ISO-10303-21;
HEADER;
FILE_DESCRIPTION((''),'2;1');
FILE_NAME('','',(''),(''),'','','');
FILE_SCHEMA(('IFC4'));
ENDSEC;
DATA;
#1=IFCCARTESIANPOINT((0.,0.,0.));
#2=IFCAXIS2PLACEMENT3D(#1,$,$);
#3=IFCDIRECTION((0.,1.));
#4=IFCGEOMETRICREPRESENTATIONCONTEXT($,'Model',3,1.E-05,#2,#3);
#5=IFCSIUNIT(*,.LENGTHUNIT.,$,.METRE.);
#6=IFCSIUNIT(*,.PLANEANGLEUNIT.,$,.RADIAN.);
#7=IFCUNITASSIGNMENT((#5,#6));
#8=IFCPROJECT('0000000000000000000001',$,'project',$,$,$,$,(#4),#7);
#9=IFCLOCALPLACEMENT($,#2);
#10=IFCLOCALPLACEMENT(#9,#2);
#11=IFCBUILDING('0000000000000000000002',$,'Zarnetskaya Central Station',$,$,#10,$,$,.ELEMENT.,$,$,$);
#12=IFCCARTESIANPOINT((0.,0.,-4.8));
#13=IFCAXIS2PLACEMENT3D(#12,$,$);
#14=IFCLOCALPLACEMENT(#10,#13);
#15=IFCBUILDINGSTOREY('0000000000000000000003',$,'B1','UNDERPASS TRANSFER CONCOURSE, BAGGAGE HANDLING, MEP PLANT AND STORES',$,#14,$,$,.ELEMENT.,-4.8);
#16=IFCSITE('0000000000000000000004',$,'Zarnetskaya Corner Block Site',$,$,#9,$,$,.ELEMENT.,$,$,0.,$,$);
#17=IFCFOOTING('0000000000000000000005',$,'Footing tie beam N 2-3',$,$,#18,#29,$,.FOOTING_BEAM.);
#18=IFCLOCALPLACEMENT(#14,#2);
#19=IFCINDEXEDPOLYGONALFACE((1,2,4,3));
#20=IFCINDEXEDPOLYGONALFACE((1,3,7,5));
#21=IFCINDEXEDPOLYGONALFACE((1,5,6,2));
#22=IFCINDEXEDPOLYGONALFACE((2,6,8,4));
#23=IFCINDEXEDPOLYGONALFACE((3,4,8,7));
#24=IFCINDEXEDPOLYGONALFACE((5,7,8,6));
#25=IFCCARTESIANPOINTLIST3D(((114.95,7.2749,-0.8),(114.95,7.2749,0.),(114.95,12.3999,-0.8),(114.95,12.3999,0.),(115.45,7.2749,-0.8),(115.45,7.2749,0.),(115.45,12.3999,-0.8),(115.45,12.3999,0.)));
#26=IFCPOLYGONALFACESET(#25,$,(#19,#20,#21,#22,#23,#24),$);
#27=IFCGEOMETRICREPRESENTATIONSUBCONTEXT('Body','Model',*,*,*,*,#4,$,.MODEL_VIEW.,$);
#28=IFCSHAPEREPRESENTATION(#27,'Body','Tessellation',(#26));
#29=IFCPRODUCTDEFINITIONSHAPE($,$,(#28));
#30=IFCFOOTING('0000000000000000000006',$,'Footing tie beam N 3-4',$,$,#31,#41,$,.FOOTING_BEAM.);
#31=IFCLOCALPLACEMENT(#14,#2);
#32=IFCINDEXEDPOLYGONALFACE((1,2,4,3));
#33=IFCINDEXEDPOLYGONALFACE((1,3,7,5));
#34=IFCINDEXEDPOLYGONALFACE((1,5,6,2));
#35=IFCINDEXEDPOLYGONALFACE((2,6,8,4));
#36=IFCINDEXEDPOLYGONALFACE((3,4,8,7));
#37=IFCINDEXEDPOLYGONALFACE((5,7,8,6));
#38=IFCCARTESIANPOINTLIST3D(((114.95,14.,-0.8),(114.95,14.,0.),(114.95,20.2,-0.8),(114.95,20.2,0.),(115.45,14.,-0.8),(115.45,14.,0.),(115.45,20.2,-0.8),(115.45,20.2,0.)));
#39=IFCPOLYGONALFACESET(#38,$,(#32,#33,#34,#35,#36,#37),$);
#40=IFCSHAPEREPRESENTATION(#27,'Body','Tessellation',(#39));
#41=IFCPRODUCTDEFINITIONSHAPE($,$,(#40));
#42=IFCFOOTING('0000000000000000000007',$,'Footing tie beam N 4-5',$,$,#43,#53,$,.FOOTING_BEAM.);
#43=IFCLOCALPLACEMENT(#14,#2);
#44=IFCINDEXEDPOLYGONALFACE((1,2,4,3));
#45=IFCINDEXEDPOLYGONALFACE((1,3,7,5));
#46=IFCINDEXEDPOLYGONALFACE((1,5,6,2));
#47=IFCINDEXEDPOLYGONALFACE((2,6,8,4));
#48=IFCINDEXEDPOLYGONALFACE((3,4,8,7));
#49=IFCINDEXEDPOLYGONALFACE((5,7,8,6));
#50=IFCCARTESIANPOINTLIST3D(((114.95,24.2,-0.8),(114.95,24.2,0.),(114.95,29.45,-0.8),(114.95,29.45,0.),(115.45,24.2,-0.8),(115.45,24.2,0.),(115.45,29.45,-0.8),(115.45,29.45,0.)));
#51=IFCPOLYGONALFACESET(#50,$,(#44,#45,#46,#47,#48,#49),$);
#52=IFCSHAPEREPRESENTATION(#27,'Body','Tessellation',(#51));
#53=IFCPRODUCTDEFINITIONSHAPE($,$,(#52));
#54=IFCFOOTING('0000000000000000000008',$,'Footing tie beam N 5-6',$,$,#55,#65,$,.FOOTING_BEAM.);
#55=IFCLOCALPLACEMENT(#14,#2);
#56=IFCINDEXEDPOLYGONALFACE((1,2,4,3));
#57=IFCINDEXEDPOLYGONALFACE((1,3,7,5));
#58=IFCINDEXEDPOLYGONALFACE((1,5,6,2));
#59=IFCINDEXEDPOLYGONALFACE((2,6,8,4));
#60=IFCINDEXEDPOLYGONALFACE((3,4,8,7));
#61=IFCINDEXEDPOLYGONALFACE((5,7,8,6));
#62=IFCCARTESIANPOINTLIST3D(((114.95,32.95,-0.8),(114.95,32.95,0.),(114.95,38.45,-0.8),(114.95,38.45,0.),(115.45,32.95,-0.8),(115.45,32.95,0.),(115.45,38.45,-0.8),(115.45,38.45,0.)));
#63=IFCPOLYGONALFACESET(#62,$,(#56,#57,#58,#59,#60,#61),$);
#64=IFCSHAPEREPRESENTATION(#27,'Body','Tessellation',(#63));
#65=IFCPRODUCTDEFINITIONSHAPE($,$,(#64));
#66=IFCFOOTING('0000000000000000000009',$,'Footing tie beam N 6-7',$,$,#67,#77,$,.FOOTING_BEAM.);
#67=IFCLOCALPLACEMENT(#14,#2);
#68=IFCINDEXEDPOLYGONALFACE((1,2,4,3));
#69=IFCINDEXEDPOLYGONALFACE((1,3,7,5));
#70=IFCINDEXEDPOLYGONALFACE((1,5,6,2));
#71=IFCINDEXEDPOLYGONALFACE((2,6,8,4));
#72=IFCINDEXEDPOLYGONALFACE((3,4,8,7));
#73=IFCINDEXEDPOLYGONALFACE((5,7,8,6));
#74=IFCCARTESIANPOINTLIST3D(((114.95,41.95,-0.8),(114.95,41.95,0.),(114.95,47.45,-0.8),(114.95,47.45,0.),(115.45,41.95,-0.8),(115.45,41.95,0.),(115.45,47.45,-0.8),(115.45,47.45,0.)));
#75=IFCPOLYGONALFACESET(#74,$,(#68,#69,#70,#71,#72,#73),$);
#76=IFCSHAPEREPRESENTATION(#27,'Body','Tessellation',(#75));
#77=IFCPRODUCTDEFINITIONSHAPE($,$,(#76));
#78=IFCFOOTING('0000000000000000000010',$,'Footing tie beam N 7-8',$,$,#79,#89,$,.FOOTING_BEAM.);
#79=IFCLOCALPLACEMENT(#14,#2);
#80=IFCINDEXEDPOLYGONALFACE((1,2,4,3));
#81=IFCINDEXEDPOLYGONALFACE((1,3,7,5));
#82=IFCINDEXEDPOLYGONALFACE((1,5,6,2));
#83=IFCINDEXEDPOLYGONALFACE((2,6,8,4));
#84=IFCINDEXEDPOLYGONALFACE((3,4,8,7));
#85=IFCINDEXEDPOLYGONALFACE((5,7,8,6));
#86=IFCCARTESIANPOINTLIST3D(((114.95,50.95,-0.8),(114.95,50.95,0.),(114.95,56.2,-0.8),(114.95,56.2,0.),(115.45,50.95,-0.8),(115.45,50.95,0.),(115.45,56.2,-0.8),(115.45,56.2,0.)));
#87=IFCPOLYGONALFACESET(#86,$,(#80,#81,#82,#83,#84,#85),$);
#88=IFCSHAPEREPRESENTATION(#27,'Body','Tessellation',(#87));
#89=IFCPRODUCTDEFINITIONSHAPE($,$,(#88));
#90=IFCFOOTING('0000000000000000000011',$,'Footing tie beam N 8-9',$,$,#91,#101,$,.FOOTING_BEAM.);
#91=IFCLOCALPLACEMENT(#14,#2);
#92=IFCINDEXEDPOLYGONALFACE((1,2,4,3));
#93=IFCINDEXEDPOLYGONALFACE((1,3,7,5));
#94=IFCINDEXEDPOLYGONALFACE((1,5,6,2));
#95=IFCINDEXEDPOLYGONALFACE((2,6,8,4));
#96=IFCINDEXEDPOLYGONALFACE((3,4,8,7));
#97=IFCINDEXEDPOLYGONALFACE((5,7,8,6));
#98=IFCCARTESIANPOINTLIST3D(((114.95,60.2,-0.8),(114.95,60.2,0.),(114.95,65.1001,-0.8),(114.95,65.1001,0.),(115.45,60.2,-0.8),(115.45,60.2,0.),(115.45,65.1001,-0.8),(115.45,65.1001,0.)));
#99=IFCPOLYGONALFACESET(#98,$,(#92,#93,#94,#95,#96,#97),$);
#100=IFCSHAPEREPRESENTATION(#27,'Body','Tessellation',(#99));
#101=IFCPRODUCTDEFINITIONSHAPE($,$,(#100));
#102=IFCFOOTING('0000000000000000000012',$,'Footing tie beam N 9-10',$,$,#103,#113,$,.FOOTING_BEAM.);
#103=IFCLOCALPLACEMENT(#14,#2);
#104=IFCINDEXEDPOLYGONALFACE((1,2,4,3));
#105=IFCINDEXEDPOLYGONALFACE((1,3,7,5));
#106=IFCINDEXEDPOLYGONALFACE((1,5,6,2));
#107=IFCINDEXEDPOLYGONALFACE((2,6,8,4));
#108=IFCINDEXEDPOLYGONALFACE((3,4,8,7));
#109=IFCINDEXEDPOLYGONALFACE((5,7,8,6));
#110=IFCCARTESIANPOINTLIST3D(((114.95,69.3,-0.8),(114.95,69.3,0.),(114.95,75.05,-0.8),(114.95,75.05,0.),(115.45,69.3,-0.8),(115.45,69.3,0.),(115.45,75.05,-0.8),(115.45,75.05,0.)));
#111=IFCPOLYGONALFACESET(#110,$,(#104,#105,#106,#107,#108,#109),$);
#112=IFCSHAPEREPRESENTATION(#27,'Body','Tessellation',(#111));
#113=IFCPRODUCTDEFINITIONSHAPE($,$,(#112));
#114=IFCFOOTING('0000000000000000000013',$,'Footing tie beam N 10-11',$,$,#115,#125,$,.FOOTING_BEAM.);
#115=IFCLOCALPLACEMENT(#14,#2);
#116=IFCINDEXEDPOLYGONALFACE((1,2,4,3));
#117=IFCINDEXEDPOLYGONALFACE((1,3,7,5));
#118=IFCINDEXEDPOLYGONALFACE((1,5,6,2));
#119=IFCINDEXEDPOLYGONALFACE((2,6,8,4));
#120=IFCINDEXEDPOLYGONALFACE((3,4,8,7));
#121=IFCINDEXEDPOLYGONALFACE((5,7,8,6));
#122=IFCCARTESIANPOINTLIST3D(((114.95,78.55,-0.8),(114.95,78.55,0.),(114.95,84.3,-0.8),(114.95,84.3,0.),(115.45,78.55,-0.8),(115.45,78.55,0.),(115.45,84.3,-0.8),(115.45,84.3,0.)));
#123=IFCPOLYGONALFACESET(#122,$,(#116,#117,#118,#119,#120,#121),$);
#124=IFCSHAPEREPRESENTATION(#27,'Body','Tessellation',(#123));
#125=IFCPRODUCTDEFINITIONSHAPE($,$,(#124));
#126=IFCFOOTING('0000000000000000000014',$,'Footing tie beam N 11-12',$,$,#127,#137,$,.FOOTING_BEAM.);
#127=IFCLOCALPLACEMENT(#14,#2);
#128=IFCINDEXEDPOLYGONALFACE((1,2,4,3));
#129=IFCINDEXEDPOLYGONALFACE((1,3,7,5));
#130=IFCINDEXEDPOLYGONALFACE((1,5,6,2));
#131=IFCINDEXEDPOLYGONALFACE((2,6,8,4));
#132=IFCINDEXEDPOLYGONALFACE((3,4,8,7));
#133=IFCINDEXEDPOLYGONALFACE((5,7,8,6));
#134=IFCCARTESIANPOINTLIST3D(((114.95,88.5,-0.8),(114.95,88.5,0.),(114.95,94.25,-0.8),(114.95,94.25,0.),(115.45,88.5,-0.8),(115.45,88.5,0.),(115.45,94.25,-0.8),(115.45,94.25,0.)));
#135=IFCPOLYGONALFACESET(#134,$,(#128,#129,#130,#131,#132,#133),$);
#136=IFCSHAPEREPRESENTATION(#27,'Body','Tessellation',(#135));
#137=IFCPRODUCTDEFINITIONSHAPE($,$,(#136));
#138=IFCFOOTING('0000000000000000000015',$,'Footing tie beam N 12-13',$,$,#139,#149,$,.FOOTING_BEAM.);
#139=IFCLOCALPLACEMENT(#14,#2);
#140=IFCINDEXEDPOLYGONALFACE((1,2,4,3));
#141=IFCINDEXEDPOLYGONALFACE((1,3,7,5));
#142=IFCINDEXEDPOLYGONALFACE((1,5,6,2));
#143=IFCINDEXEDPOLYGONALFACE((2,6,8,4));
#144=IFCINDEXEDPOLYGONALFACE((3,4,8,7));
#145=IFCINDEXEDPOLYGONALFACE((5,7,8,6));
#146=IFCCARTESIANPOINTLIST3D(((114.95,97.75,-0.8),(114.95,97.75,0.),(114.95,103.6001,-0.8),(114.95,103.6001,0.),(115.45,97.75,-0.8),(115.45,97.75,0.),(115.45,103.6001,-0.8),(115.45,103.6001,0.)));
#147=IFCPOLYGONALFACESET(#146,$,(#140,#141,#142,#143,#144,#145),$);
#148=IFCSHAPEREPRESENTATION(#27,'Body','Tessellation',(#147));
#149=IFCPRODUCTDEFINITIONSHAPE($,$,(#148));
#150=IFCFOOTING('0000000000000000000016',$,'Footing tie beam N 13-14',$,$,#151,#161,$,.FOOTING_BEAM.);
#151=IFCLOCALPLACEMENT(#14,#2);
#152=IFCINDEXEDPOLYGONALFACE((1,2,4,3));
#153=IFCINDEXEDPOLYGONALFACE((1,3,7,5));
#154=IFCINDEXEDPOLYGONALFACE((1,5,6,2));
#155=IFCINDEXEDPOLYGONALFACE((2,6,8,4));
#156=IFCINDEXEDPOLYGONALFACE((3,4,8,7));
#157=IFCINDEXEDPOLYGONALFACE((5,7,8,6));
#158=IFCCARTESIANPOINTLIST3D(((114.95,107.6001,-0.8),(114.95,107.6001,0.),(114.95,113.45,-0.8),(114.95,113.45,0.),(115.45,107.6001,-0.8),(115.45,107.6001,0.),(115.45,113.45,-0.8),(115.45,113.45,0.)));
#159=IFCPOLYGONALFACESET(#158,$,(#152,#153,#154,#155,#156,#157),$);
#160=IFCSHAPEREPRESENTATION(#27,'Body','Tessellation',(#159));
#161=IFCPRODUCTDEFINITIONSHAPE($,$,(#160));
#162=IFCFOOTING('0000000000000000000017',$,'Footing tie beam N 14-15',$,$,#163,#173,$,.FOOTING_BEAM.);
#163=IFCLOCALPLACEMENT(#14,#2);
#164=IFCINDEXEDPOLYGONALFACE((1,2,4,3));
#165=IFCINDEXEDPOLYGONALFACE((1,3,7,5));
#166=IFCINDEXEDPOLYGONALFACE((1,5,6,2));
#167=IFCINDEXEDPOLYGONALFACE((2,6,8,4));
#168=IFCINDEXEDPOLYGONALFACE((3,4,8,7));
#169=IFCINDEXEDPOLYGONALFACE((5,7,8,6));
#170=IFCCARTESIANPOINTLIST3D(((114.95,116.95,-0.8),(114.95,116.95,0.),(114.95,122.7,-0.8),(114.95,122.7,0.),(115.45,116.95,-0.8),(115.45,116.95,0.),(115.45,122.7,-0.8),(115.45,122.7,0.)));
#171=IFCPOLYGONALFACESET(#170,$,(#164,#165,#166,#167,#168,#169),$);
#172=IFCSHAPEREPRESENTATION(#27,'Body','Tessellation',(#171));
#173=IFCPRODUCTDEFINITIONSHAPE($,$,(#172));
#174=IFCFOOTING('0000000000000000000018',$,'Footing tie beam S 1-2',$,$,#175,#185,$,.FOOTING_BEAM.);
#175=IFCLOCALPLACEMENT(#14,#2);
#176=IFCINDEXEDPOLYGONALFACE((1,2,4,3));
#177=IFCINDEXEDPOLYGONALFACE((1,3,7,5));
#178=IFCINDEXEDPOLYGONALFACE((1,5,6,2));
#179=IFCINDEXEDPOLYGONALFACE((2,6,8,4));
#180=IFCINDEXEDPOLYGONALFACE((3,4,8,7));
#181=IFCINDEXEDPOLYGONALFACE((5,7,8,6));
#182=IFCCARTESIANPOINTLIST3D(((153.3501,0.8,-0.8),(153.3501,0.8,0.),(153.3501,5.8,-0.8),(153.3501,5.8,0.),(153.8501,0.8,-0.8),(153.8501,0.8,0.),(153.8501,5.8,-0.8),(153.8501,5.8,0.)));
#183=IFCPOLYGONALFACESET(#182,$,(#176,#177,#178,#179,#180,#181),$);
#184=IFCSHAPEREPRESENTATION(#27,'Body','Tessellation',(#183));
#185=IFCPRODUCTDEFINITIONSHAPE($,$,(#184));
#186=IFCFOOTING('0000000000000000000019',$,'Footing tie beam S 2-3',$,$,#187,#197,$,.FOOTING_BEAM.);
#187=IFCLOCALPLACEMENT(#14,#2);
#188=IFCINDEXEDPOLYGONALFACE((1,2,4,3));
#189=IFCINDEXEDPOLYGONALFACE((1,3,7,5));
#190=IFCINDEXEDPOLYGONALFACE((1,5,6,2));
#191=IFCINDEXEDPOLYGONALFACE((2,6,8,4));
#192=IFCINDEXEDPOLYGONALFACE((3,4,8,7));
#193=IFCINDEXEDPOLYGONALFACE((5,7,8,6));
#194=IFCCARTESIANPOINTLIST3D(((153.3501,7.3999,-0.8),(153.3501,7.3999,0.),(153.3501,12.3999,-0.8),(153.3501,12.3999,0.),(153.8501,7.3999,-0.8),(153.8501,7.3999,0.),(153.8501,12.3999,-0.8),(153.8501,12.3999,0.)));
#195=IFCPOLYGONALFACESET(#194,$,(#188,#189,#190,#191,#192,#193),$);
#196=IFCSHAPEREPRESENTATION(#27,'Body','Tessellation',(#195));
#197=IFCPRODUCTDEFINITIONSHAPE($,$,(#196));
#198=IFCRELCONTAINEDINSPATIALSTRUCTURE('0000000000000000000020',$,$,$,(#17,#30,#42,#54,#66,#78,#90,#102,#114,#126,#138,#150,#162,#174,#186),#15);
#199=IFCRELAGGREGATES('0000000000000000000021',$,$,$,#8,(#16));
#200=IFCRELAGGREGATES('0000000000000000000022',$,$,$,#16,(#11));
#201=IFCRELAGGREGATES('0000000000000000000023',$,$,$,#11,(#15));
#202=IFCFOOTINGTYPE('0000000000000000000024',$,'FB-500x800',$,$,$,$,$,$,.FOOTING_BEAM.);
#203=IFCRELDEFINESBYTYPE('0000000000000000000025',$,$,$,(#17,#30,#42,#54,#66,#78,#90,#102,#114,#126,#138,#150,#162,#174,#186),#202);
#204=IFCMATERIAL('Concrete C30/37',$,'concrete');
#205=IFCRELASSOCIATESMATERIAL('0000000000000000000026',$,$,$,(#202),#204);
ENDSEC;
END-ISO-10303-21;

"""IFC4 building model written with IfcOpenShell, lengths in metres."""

from ifc_helpers import new_model, si_unit, direction, frame, origin, place, context, subcontext, project, spatial, polyline, outline, extrude, material, type_object, element, save


model = new_model("IFC4")

# Units and contexts
model_context = context("Model", 3, precision=1e-05, world=origin(), true_north=direction((0.0, 1.0)))
body_context = subcontext(model_context, "Body", "Model", "MODEL_VIEW")
ifc_project = project(units=[si_unit("LENGTHUNIT", "METRE"), si_unit("PLANEANGLEUNIT", "RADIAN")], contexts=[model_context])

# Site, building, storey
site_placement = place(None, origin())
site = spatial("IfcSite", under=ifc_project, at=site_placement, Name="Zarnetskaya Corner Block Site", CompositionType="ELEMENT", RefElevation=0.0)
building_placement = place(site_placement, origin())
building = spatial("IfcBuilding", under=site, at=building_placement, Name="Zarnetskaya Central Station", CompositionType="ELEMENT")
storey_placement = place(building_placement, frame((0.0, 0.0, -4.8)))
storey = spatial("IfcBuildingStorey", under=building, at=storey_placement, Name="B1", Description="UNDERPASS TRANSFER CONCOURSE, BAGGAGE HANDLING, MEP PLANT AND STORES", CompositionType="ELEMENT", Elevation=-4.8)

# Footings
ifc_material = material(Name="Concrete C30/37", Category="concrete")
footing_type = type_object("IfcFootingType", Name="FB-500x800", PredefinedType="FOOTING_BEAM", material=ifc_material)
footing_1_placement = place(storey_placement, frame((0.0, 0.0, -0.8)))
element("IfcFooting", 1, at=footing_1_placement, inside=storey, type_object=footing_type, Name="Footing tie beam N 2-3", PredefinedType="FOOTING_BEAM", context=body_context, shape_type="SweptSolid", body=[
    extrude(outline(polyline([(114.95, 7.2749), (115.45, 7.2749), (115.45, 12.3999), (114.95, 12.3999), (114.95, 7.2749)])), origin(), (0.0, 0.0, 1.0), 0.8),
])
footing_2_placement = place(storey_placement, frame((0.0, 0.0, -0.8)))
element("IfcFooting", 2, at=footing_2_placement, inside=storey, type_object=footing_type, Name="Footing tie beam N 3-4", PredefinedType="FOOTING_BEAM", context=body_context, shape_type="SweptSolid", body=[
    extrude(outline(polyline([(114.95, 14.0), (115.45, 14.0), (115.45, 20.2), (114.95, 20.2), (114.95, 14.0)])), origin(), (0.0, 0.0, 1.0), 0.8),
])
footing_3_placement = place(storey_placement, frame((0.0, 0.0, -0.8)))
element("IfcFooting", 3, at=footing_3_placement, inside=storey, type_object=footing_type, Name="Footing tie beam N 4-5", PredefinedType="FOOTING_BEAM", context=body_context, shape_type="SweptSolid", body=[
    extrude(outline(polyline([(114.95, 24.2), (115.45, 24.2), (115.45, 29.45), (114.95, 29.45), (114.95, 24.2)])), origin(), (0.0, 0.0, 1.0), 0.8),
])
footing_4_placement = place(storey_placement, frame((0.0, 0.0, -0.8)))
element("IfcFooting", 4, at=footing_4_placement, inside=storey, type_object=footing_type, Name="Footing tie beam N 5-6", PredefinedType="FOOTING_BEAM", context=body_context, shape_type="SweptSolid", body=[
    extrude(outline(polyline([(114.95, 32.95), (115.45, 32.95), (115.45, 38.45), (114.95, 38.45), (114.95, 32.95)])), origin(), (0.0, 0.0, 1.0), 0.8),
])
footing_5_placement = place(storey_placement, frame((0.0, 0.0, -0.8)))
element("IfcFooting", 5, at=footing_5_placement, inside=storey, type_object=footing_type, Name="Footing tie beam N 6-7", PredefinedType="FOOTING_BEAM", context=body_context, shape_type="SweptSolid", body=[
    extrude(outline(polyline([(114.95, 41.95), (115.45, 41.95), (115.45, 47.45), (114.95, 47.45), (114.95, 41.95)])), origin(), (0.0, 0.0, 1.0), 0.8),
])
footing_6_placement = place(storey_placement, frame((0.0, 0.0, -0.8)))
element("IfcFooting", 6, at=footing_6_placement, inside=storey, type_object=footing_type, Name="Footing tie beam N 7-8", PredefinedType="FOOTING_BEAM", context=body_context, shape_type="SweptSolid", body=[
    extrude(outline(polyline([(114.95, 50.95), (115.45, 50.95), (115.45, 56.2), (114.95, 56.2), (114.95, 50.95)])), origin(), (0.0, 0.0, 1.0), 0.8),
])
footing_7_placement = place(storey_placement, frame((0.0, 0.0, -0.8)))
element("IfcFooting", 7, at=footing_7_placement, inside=storey, type_object=footing_type, Name="Footing tie beam N 8-9", PredefinedType="FOOTING_BEAM", context=body_context, shape_type="SweptSolid", body=[
    extrude(outline(polyline([(114.95, 60.2), (115.45, 60.2), (115.45, 65.1001), (114.95, 65.1001), (114.95, 60.2)])), origin(), (0.0, 0.0, 1.0), 0.8),
])
footing_8_placement = place(storey_placement, frame((0.0, 0.0, -0.8)))
element("IfcFooting", 8, at=footing_8_placement, inside=storey, type_object=footing_type, Name="Footing tie beam N 9-10", PredefinedType="FOOTING_BEAM", context=body_context, shape_type="SweptSolid", body=[
    extrude(outline(polyline([(114.95, 69.3), (115.45, 69.3), (115.45, 75.05), (114.95, 75.05), (114.95, 69.3)])), origin(), (0.0, 0.0, 1.0), 0.8),
])
footing_9_placement = place(storey_placement, frame((0.0, 0.0, -0.8)))
element("IfcFooting", 9, at=footing_9_placement, inside=storey, type_object=footing_type, Name="Footing tie beam N 10-11", PredefinedType="FOOTING_BEAM", context=body_context, shape_type="SweptSolid", body=[
    extrude(outline(polyline([(114.95, 78.55), (115.45, 78.55), (115.45, 84.3), (114.95, 84.3), (114.95, 78.55)])), origin(), (0.0, 0.0, 1.0), 0.8),
])
footing_10_placement = place(storey_placement, frame((0.0, 0.0, -0.8)))
element("IfcFooting", 10, at=footing_10_placement, inside=storey, type_object=footing_type, Name="Footing tie beam N 11-12", PredefinedType="FOOTING_BEAM", context=body_context, shape_type="SweptSolid", body=[
    extrude(outline(polyline([(114.95, 88.5), (115.45, 88.5), (115.45, 94.25), (114.95, 94.25), (114.95, 88.5)])), origin(), (0.0, 0.0, 1.0), 0.8),
])
footing_11_placement = place(storey_placement, frame((0.0, 0.0, -0.8)))
element("IfcFooting", 11, at=footing_11_placement, inside=storey, type_object=footing_type, Name="Footing tie beam N 12-13", PredefinedType="FOOTING_BEAM", context=body_context, shape_type="SweptSolid", body=[
    extrude(outline(polyline([(114.95, 97.75), (115.45, 97.75), (115.45, 103.6001), (114.95, 103.6001), (114.95, 97.75)])), origin(), (0.0, 0.0, 1.0), 0.8),
])
footing_12_placement = place(storey_placement, frame((0.0, 0.0, -0.8)))
element("IfcFooting", 12, at=footing_12_placement, inside=storey, type_object=footing_type, Name="Footing tie beam N 13-14", PredefinedType="FOOTING_BEAM", context=body_context, shape_type="SweptSolid", body=[
    extrude(outline(polyline([(114.95, 107.6001), (115.45, 107.6001), (115.45, 113.45), (114.95, 113.45), (114.95, 107.6001)])), origin(), (0.0, 0.0, 1.0), 0.8),
])
footing_13_placement = place(storey_placement, frame((0.0, 0.0, -0.8)))
element("IfcFooting", 13, at=footing_13_placement, inside=storey, type_object=footing_type, Name="Footing tie beam N 14-15", PredefinedType="FOOTING_BEAM", context=body_context, shape_type="SweptSolid", body=[
    extrude(outline(polyline([(114.95, 116.95), (115.45, 116.95), (115.45, 122.7), (114.95, 122.7), (114.95, 116.95)])), origin(), (0.0, 0.0, 1.0), 0.8),
])
footing_14_placement = place(storey_placement, frame((0.0, 0.0, -0.8)))
element("IfcFooting", 14, at=footing_14_placement, inside=storey, type_object=footing_type, Name="Footing tie beam S 1-2", PredefinedType="FOOTING_BEAM", context=body_context, shape_type="SweptSolid", body=[
    extrude(outline(polyline([(153.3501, 0.8), (153.8501, 0.8), (153.8501, 5.8), (153.3501, 5.8), (153.3501, 0.8)])), origin(), (0.0, 0.0, 1.0), 0.8),
])
footing_15_placement = place(storey_placement, frame((0.0, 0.0, -0.8)))
element("IfcFooting", 15, at=footing_15_placement, inside=storey, type_object=footing_type, Name="Footing tie beam S 2-3", PredefinedType="FOOTING_BEAM", context=body_context, shape_type="SweptSolid", body=[
    extrude(outline(polyline([(153.3501, 7.3999), (153.8501, 7.3999), (153.8501, 12.3999), (153.3501, 12.3999), (153.3501, 7.3999)])), origin(), (0.0, 0.0, 1.0), 0.8),
])

save(model, "model.ifc")
